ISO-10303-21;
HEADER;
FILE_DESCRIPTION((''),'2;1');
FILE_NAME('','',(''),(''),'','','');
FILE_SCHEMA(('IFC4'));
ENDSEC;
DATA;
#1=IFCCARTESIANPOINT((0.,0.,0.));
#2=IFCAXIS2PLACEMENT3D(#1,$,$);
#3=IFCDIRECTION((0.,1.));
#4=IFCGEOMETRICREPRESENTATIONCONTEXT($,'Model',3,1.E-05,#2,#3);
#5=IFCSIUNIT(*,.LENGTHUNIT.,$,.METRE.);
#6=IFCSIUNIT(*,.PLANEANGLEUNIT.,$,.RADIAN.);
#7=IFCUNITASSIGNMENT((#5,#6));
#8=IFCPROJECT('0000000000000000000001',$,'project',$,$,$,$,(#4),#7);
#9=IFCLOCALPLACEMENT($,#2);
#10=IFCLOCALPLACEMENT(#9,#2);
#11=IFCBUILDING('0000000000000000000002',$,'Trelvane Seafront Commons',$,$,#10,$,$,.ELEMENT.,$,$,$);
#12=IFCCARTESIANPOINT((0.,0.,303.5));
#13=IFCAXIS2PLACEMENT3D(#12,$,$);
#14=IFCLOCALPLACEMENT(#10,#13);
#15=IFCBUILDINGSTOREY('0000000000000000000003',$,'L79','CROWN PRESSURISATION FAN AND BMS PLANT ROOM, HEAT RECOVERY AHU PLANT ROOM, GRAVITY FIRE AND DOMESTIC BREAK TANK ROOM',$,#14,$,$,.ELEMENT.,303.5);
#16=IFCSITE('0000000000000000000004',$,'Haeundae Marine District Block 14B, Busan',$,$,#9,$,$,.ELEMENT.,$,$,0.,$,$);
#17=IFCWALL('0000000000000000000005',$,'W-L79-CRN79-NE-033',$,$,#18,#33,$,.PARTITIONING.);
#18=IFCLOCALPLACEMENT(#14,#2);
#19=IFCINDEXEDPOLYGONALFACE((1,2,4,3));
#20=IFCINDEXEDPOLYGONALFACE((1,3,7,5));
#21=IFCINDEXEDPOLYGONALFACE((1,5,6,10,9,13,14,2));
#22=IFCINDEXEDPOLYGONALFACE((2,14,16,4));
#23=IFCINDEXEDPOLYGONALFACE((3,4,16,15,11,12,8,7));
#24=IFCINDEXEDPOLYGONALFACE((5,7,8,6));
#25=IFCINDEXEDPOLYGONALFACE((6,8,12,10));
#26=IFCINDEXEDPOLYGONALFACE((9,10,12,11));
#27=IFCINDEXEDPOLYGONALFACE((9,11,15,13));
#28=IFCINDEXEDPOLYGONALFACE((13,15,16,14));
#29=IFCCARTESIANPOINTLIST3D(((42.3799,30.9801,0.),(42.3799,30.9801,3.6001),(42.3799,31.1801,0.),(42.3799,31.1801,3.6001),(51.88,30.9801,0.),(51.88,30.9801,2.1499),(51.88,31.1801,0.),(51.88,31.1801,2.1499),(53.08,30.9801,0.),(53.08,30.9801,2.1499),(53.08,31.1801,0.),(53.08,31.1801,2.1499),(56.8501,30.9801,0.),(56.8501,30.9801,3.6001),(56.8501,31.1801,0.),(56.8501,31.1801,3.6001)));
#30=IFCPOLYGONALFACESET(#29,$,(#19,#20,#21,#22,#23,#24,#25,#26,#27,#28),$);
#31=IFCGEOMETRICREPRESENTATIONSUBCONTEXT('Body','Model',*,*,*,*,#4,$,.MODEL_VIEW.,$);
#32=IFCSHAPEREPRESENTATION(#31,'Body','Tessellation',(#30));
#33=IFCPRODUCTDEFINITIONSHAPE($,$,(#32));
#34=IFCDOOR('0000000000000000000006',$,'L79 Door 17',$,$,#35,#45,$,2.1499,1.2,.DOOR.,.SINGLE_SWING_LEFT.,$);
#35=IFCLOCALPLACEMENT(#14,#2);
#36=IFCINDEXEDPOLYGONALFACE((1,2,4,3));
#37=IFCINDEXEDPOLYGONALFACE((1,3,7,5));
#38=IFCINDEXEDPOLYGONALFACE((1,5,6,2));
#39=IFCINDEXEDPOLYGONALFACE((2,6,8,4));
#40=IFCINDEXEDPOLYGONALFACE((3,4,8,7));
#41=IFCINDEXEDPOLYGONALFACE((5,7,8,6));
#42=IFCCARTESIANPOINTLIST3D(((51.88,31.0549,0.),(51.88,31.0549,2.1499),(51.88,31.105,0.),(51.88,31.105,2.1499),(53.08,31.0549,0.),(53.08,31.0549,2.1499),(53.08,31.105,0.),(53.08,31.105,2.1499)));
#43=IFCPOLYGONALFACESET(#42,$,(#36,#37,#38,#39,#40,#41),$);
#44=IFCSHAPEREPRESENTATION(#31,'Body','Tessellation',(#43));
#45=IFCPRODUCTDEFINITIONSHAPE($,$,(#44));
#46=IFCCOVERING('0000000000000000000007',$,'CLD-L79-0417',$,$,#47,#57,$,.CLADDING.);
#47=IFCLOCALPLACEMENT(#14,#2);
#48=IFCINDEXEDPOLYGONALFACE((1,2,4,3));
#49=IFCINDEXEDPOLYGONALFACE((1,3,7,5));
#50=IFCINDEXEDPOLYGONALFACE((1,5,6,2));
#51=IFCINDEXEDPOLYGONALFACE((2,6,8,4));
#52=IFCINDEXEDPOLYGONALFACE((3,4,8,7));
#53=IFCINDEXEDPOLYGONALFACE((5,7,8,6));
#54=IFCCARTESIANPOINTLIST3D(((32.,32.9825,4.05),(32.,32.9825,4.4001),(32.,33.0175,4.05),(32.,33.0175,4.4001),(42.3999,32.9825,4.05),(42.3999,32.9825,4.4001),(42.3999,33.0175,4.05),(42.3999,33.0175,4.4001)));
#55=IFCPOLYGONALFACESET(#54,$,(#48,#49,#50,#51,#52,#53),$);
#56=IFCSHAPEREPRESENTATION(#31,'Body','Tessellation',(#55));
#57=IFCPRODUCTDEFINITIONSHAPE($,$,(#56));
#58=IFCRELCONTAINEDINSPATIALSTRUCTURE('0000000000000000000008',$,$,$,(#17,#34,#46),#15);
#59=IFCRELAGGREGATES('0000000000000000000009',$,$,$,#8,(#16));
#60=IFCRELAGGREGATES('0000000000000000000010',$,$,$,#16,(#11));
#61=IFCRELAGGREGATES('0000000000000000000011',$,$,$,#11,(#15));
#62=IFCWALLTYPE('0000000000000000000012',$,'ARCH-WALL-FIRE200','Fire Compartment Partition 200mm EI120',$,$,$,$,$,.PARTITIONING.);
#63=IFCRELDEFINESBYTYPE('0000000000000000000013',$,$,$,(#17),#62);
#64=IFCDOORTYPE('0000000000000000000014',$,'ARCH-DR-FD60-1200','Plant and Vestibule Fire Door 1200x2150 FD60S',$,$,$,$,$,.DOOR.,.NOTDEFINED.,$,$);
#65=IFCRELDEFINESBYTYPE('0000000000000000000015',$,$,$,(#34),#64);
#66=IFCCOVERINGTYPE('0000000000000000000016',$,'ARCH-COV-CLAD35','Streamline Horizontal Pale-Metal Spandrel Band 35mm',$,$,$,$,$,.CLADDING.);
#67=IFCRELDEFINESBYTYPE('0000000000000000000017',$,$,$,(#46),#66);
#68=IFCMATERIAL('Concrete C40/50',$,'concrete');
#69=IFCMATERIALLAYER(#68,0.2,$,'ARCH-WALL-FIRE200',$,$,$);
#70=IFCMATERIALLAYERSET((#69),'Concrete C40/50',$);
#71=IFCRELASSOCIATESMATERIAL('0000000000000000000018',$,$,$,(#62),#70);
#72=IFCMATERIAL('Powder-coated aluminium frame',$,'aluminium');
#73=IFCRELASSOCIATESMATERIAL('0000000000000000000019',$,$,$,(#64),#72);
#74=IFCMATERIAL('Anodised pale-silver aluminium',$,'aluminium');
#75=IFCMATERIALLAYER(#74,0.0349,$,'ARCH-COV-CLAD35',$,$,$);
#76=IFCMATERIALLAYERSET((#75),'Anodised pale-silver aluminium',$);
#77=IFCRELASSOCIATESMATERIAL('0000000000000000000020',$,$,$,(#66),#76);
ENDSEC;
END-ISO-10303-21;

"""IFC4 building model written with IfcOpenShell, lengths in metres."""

from ifc_helpers import new_model, si_unit, direction, frame, frame_2d, origin, origin_2d, place, context, subcontext, project, spatial, rectangle, extrude, source, transform, mapped, material, layer, layer_set, type_object, element, fill, save


model = new_model("IFC4")

# Units and contexts
model_context = context("Model", 3, precision=1e-05, world=origin(), true_north=direction((0.0, 1.0)))
body_context = subcontext(model_context, "Body", "Model", "MODEL_VIEW")
ifc_project = project(units=[si_unit("LENGTHUNIT", "METRE"), si_unit("PLANEANGLEUNIT", "RADIAN")], contexts=[model_context])

# Site, building, storey
site_placement = place(None, origin())
site = spatial("IfcSite", under=ifc_project, at=site_placement, Name="Haeundae Marine District Block 14B, Busan", CompositionType="ELEMENT", RefElevation=0.0)
building_placement = place(site_placement, origin())
building = spatial("IfcBuilding", under=site, at=building_placement, Name="Trelvane Seafront Commons", CompositionType="ELEMENT")
storey_placement = place(building_placement, frame((0.0, 0.0, 303.5)))
storey = spatial("IfcBuildingStorey", under=building, at=storey_placement, Name="L79", Description="CROWN PRESSURISATION FAN AND BMS PLANT ROOM, HEAT RECOVERY AHU PLANT ROOM, GRAVITY FIRE AND DOMESTIC BREAK TANK ROOM", CompositionType="ELEMENT", Elevation=303.5)

# Shared definitions
ifc_material_1 = material(Name="Anodised pale-silver aluminium", Category="aluminium")

# Wall, opening, door
ifc_material_2 = material(Name="Concrete C40/50", Category="concrete")
ifc_layer_1 = layer(ifc_material_2, 0.2, Name="ARCH-WALL-FIRE200")
ifc_layer_set_1 = layer_set([ifc_layer_1], Name="Concrete C40/50")
wall_type = type_object("IfcWallType", Name="ARCH-WALL-FIRE200", Description="Fire Compartment Partition 200mm EI120", PredefinedType="PARTITIONING", material=ifc_layer_set_1)
wall_placement = place(storey_placement, frame((42.3799, 31.0801, 0.0), z_axis=(0.0, 0.0, 1.0), x_axis=(1.0, 0.0, 0.0)))
wall = element("IfcWall", 1, at=wall_placement, inside=storey, type_object=wall_type, Name="W-L79-CRN79-NE-033", PredefinedType="PARTITIONING", context=body_context, shape_type="SweptSolid", body=[
    extrude(rectangle(XDim=14.4702, YDim=0.2, at=frame_2d((7.2351, 0.0))), origin(), (0.0, 0.0, 1.0), 3.6001),
])
opening_placement = place(wall_placement, frame((9.5, 0.0, 0.0)))
opening = element("IfcOpeningElement", 2, at=opening_placement, cuts=wall, PredefinedType="OPENING", context=body_context, shape_type="SweptSolid", body=[
    extrude(rectangle(XDim=1.2, YDim=2.1499, at=frame_2d((0.6001, 1.075))), frame((0.0, 0.1099, 0.0), z_axis=(0.0, -1.0, 0.0), x_axis=(1.0, 0.0, 0.0)), (0.0, 0.0, 1.0), 0.22),
])
ifc_material_3 = material(Name="Powder-coated aluminium frame", Category="aluminium")
door_type = type_object("IfcDoorType", Name="ARCH-DR-FD60-1200", Description="Plant and Vestibule Fire Door 1200x2150 FD60S", OperationType="NOTDEFINED", PredefinedType="DOOR", material=ifc_material_3)
shared_shape_1 = source(origin(), body_context, "Body", "SweptSolid", [
    extrude(rectangle(XDim=1.2, YDim=2.1499, at=frame_2d((0.6001, 1.075))), frame((0.0, 0.0249, 0.0), z_axis=(0.0, -1.0, 0.0), x_axis=(1.0, 0.0, 0.0)), (0.0, 0.0, 1.0), 0.05),
])
door_placement = place(opening_placement, origin())
door = element("IfcDoor", 3, at=door_placement, inside=storey, type_object=door_type, Name="L79 Door 17", OperationType="SINGLE_SWING_LEFT", OverallHeight=2.1499, OverallWidth=1.2, PredefinedType="DOOR", context=body_context, shape_type="MappedRepresentation", body=[
    mapped(shared_shape_1, transform((0.0, 0.0, 0.0), x_axis=(1.0, 0.0, 0.0), y_axis=(0.0, 1.0, 0.0), z_axis=(0.0, 0.0, 1.0), scale=1.0)),
])
fill(opening, door)

# Covering
ifc_layer_2 = layer(ifc_material_1, 0.0349, Name="ARCH-COV-CLAD35")
ifc_layer_set_2 = layer_set([ifc_layer_2], Name="Anodised pale-silver aluminium")
covering_type = type_object("IfcCoveringType", Name="ARCH-COV-CLAD35", Description="Streamline Horizontal Pale-Metal Spandrel Band 35mm", PredefinedType="CLADDING", material=ifc_layer_set_2)
shared_shape_2 = source(origin(), body_context, "Body", "SweptSolid", [
    extrude(rectangle(XDim=10.3999, YDim=0.0349, at=origin_2d()), origin(), (0.0, 0.0, 1.0), 0.3501),
])
covering_placement = place(storey_placement, frame((37.2, 33.0, 4.05), z_axis=(0.0, 0.0, 1.0), x_axis=(-1.0, 0.0, 0.0)))
element("IfcCovering", 4, at=covering_placement, inside=storey, type_object=covering_type, Name="CLD-L79-0417", PredefinedType="CLADDING", context=body_context, shape_type="MappedRepresentation", body=[
    mapped(shared_shape_2, transform((0.0, 0.0, 0.0), x_axis=(1.0, 0.0, 0.0), y_axis=(0.0, 1.0, 0.0), z_axis=(0.0, 0.0, 1.0), scale=1.0)),
])

save(model, "model.ifc")
